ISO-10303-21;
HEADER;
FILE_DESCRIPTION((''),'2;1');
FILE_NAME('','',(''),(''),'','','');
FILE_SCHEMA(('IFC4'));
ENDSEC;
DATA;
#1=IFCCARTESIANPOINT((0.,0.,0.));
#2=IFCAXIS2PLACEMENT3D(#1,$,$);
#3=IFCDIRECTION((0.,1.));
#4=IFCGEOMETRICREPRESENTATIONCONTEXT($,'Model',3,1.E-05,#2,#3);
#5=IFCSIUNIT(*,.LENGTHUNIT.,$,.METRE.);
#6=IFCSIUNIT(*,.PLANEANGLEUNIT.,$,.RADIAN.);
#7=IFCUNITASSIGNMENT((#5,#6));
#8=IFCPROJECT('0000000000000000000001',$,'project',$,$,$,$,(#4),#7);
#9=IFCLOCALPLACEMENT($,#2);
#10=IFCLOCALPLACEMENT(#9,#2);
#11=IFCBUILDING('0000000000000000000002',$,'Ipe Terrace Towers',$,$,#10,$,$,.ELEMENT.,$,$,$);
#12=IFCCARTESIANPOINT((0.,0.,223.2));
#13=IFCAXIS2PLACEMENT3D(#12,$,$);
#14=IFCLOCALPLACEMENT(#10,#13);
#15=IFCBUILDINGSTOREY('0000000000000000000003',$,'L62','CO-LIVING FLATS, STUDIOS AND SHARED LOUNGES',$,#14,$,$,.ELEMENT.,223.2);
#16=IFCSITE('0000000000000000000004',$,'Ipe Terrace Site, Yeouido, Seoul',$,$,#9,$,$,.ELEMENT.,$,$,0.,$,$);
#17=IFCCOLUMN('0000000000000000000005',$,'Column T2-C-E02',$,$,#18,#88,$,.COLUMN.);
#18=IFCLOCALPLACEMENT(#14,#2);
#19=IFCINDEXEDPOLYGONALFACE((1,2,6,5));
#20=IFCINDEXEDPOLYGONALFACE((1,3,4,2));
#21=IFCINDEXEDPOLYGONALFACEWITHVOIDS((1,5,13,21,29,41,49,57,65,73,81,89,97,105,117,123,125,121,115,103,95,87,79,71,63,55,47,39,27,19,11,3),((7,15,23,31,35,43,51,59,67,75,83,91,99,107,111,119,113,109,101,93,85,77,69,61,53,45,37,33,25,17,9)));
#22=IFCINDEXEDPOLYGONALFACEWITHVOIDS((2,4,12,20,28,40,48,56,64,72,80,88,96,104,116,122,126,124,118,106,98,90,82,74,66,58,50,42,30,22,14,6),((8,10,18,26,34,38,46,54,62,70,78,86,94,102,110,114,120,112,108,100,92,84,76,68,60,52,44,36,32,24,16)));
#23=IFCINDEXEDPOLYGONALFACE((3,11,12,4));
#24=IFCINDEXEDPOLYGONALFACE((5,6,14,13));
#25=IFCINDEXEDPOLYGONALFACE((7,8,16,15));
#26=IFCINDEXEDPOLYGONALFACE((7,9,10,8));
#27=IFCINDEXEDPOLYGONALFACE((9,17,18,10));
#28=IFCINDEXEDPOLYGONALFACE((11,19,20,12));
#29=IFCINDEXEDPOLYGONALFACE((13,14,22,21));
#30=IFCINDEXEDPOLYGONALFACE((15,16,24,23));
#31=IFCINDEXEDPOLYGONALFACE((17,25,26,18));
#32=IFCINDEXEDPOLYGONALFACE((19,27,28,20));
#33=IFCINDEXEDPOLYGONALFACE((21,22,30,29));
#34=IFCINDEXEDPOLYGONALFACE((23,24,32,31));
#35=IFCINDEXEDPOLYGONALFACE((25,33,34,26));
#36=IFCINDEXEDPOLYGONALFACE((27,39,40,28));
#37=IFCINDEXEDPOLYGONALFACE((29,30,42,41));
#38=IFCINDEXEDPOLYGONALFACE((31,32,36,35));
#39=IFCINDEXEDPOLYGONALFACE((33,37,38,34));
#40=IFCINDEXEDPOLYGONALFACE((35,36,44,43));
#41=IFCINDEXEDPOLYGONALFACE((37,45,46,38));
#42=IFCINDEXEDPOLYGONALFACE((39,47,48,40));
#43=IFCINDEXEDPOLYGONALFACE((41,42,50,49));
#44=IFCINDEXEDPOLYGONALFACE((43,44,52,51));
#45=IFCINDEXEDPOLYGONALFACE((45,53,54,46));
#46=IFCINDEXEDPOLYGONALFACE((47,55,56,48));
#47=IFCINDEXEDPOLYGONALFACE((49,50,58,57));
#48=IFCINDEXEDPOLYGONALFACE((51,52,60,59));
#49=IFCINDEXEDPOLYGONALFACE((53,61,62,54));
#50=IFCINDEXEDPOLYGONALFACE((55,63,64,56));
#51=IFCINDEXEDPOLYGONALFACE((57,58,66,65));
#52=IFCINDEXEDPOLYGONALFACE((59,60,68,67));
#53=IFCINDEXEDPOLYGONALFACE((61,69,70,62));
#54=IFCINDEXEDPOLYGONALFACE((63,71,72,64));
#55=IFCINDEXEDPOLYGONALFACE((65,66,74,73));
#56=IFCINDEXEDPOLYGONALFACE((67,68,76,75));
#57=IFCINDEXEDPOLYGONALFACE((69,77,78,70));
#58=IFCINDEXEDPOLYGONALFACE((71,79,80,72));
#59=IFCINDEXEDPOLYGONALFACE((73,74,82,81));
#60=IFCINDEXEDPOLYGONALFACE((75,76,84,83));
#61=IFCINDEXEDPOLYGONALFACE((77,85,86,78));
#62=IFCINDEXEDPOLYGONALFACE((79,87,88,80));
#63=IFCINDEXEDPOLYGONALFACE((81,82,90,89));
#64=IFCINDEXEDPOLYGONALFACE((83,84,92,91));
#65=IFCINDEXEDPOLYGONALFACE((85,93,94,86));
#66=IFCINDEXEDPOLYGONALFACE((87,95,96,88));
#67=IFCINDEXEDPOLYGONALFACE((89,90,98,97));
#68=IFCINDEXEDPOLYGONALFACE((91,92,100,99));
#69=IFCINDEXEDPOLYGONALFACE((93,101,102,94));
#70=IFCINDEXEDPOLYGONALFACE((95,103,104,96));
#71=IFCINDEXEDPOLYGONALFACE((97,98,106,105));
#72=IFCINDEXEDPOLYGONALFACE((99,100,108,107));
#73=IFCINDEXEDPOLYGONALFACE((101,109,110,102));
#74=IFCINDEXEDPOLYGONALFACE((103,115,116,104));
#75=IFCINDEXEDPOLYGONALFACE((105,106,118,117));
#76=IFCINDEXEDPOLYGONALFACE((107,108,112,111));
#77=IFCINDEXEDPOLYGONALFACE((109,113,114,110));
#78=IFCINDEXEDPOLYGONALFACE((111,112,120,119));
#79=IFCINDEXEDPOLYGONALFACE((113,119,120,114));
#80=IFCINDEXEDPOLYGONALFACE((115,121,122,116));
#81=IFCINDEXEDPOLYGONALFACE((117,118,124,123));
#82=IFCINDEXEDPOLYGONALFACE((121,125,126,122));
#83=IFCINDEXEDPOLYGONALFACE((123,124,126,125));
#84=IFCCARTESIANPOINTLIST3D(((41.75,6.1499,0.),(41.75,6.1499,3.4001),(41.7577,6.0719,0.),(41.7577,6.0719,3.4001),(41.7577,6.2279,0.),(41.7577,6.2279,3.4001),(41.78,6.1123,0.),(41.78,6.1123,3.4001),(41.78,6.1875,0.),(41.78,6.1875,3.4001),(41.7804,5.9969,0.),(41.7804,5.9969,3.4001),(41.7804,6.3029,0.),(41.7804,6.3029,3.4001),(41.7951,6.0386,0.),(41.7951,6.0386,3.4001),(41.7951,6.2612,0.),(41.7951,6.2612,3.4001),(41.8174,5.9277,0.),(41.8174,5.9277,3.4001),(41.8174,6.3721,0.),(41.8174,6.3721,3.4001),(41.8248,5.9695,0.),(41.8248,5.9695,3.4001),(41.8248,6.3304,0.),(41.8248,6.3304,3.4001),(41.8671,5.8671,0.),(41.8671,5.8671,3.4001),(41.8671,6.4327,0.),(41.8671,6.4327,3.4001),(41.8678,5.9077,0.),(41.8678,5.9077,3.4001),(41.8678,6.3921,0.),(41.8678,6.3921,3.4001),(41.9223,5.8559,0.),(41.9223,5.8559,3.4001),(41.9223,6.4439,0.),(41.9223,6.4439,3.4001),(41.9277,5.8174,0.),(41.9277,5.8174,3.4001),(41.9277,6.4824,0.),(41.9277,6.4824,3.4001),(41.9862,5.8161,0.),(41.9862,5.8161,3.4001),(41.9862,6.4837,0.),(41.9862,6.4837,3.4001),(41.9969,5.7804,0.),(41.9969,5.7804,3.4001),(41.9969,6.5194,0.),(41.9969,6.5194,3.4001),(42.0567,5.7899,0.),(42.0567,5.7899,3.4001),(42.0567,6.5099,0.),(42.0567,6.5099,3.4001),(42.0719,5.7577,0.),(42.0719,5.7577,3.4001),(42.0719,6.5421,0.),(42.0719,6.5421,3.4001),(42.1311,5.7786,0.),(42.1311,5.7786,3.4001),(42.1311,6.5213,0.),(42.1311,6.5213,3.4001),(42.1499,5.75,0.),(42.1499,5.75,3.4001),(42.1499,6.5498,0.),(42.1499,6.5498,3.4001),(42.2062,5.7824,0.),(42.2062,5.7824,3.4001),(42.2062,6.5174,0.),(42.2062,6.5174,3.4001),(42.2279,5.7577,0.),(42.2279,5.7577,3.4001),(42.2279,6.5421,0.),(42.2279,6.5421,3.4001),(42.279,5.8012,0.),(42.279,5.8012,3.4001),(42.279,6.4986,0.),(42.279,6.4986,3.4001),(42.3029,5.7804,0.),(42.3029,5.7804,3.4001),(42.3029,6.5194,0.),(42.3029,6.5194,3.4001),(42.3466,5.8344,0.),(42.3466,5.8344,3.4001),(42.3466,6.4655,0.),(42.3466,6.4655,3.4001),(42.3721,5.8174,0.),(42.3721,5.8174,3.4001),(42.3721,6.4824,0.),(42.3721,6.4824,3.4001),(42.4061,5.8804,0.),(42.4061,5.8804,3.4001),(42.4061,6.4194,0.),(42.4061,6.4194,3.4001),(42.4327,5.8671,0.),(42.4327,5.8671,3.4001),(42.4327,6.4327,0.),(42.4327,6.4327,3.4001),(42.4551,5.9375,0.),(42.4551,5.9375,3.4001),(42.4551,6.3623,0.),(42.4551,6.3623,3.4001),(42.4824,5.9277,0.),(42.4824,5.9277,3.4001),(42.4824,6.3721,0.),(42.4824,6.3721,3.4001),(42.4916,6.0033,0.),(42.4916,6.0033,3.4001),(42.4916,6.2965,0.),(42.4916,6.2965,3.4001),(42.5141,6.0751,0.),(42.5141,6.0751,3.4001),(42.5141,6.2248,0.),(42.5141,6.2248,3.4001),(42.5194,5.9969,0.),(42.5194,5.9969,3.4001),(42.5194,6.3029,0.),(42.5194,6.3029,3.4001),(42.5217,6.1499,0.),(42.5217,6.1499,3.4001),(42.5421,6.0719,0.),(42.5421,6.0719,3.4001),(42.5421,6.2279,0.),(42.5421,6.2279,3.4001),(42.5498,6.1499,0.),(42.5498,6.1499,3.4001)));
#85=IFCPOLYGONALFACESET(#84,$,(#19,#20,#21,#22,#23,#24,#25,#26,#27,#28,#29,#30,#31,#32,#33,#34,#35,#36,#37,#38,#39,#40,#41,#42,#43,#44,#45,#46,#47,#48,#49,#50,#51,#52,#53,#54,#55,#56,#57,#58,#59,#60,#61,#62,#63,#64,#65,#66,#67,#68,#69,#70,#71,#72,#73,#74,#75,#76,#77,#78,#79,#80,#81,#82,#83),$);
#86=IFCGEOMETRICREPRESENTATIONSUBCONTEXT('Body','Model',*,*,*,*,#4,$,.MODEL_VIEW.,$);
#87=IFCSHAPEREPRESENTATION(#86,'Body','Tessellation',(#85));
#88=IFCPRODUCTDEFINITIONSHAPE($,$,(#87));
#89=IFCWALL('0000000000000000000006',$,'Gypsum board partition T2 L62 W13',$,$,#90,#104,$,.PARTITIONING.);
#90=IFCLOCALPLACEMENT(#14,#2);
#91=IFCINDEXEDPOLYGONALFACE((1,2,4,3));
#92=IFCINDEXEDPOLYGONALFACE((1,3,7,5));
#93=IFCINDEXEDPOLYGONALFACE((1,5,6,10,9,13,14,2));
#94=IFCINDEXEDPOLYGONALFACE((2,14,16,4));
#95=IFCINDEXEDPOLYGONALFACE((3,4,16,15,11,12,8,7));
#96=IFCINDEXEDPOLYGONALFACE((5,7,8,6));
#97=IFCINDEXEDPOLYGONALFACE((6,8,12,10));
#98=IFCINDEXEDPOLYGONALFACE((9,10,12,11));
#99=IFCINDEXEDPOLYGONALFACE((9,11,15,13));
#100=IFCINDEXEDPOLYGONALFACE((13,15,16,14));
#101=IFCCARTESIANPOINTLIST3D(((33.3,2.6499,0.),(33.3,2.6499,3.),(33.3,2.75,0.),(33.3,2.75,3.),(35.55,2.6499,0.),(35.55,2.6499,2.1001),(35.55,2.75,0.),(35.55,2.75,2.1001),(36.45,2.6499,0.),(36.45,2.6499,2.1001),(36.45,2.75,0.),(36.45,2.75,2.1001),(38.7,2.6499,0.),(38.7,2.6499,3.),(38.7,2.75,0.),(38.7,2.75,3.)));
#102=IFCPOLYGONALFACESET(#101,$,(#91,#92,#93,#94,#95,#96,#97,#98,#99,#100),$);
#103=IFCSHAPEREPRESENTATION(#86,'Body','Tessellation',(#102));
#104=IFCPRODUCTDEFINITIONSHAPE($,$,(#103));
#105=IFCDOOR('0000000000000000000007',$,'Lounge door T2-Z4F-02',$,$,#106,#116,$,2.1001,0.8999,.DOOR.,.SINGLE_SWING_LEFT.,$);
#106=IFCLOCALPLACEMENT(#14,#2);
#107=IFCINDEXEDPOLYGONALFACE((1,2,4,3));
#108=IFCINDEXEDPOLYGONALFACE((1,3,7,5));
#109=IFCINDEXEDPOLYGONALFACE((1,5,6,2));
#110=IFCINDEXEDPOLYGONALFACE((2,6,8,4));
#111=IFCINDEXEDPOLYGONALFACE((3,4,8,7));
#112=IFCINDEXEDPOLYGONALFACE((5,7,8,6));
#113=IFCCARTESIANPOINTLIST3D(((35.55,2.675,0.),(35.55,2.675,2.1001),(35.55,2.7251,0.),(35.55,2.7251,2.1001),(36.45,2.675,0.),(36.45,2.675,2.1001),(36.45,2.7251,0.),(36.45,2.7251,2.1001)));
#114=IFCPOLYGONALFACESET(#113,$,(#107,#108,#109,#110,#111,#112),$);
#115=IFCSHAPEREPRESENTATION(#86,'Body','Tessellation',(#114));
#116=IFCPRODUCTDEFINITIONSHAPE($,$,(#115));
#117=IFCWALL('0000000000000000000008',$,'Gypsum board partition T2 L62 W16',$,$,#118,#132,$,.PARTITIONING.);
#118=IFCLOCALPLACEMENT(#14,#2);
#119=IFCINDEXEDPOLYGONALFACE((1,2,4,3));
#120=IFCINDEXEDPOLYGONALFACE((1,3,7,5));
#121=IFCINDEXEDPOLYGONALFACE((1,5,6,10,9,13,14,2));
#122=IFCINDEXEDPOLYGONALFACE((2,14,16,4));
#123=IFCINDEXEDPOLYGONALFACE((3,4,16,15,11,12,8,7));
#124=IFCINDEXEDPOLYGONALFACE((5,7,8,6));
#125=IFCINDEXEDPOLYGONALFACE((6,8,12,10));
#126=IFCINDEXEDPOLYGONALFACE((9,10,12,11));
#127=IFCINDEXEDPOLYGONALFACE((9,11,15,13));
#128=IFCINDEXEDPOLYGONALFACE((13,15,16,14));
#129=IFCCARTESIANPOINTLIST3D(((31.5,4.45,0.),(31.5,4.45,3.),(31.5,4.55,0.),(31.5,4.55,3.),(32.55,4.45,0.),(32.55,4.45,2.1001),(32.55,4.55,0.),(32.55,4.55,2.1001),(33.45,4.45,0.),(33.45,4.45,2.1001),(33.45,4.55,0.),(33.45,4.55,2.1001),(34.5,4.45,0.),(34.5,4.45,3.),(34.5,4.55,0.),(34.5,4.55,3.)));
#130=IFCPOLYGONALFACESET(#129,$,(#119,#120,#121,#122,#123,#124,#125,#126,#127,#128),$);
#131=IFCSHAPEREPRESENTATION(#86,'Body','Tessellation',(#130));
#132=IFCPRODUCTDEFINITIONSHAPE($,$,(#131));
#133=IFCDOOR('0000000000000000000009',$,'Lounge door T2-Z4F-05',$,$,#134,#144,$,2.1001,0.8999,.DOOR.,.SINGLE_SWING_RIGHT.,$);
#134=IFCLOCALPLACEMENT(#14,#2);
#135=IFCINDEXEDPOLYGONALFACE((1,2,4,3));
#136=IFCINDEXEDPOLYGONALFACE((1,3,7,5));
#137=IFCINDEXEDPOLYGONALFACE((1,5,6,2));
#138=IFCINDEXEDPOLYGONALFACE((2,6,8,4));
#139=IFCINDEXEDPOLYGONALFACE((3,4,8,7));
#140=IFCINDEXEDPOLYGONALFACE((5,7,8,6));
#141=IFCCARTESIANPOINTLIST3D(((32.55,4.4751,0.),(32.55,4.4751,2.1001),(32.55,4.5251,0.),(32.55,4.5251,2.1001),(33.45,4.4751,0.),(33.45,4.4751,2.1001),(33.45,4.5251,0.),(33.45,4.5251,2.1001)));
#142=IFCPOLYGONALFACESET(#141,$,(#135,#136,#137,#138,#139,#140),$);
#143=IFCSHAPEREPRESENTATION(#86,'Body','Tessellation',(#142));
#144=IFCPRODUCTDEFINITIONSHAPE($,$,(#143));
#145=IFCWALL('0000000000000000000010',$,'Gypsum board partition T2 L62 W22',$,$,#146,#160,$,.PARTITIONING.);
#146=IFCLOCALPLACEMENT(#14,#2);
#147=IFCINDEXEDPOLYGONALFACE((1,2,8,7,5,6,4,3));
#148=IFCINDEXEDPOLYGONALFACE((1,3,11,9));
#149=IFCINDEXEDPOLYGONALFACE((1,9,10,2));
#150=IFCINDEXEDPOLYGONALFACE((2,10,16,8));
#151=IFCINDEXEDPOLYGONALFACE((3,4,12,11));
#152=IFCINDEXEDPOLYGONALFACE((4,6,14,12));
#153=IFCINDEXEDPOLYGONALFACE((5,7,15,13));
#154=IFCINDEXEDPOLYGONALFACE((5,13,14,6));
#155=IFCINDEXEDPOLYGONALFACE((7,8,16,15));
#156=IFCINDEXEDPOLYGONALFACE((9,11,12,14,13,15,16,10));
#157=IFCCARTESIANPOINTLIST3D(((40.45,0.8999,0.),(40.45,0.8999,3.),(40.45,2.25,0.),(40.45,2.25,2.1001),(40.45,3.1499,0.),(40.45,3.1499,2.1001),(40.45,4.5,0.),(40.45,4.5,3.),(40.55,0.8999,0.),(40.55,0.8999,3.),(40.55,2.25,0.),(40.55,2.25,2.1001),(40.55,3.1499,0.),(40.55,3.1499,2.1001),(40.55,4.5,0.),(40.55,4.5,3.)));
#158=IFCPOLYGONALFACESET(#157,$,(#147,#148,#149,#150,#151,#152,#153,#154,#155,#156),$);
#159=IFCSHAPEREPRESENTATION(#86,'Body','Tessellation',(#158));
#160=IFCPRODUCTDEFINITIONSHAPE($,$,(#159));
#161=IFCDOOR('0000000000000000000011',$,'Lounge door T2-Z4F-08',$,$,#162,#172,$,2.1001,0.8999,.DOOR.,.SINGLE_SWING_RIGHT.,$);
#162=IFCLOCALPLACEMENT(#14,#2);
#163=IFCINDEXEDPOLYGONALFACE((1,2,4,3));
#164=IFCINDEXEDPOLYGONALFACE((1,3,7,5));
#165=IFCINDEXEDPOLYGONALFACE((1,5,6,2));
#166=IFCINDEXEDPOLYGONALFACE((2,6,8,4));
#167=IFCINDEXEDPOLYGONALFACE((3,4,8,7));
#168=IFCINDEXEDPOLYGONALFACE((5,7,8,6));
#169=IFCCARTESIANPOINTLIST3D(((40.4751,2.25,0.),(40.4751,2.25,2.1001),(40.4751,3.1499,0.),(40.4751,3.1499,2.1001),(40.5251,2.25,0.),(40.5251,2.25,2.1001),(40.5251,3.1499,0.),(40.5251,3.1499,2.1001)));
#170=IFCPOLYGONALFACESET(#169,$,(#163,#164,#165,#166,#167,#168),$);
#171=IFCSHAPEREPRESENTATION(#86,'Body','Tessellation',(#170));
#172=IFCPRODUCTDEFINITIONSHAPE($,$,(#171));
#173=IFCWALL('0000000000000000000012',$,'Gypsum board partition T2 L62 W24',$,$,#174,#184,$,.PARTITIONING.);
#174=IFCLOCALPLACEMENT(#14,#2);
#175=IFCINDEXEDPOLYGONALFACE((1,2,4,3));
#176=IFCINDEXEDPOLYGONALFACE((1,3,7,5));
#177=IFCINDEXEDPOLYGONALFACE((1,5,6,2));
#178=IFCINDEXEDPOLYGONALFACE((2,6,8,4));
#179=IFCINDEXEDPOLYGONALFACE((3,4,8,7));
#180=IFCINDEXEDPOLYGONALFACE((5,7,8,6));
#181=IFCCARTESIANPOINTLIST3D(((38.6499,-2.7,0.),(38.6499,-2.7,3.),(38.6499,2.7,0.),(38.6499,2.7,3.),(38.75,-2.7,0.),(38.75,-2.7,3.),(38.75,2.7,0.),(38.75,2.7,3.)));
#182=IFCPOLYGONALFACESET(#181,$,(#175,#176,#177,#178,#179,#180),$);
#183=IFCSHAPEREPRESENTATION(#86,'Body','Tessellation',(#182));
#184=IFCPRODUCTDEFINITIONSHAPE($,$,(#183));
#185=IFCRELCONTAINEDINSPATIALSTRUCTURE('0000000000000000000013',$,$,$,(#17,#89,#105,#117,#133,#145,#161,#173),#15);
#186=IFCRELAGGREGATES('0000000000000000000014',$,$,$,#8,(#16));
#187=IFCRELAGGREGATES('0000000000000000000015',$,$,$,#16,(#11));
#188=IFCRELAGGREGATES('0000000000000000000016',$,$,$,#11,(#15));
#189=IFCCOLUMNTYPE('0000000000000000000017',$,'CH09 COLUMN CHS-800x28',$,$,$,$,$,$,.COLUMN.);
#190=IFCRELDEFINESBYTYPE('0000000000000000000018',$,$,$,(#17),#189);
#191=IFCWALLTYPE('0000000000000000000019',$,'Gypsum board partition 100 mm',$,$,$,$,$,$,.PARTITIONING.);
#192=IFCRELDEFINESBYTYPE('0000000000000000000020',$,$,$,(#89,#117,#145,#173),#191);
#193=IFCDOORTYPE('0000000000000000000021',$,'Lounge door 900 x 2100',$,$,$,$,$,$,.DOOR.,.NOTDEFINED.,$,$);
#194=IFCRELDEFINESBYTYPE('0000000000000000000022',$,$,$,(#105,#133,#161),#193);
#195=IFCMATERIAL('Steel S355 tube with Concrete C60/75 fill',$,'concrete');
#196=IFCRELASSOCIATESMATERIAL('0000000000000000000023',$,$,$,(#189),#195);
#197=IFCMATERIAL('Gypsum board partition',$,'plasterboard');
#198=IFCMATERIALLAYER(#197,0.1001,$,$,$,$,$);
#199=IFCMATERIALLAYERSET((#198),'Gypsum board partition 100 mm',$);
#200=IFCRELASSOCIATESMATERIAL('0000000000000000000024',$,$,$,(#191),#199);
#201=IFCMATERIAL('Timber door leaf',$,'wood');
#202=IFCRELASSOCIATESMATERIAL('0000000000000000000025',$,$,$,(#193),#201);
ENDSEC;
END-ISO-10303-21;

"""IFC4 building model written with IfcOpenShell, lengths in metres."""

from ifc_helpers import new_model, si_unit, direction, frame, frame_2d, origin, origin_2d, place, context, subcontext, project, spatial, rectangle, hollow_circle, extrude, material, layer, layer_set, material_profile, profile_set, type_object, element, fill, save


model = new_model("IFC4")

# Units and contexts
model_context = context("Model", 3, precision=1e-05, world=origin(), true_north=direction((0.0, 1.0)))
body_context = subcontext(model_context, "Body", "Model", "MODEL_VIEW")
ifc_project = project(units=[si_unit("LENGTHUNIT", "METRE"), si_unit("PLANEANGLEUNIT", "RADIAN")], contexts=[model_context])

# Site, building, storey
site_placement = place(None, origin())
site = spatial("IfcSite", under=ifc_project, at=site_placement, Name="Ipe Terrace Site, Yeouido, Seoul", CompositionType="ELEMENT", RefElevation=0.0)
building_placement = place(site_placement, origin())
building = spatial("IfcBuilding", under=site, at=building_placement, Name="Ipe Terrace Towers", CompositionType="ELEMENT")
storey_placement = place(building_placement, frame((0.0, 0.0, 223.2)))
storey = spatial("IfcBuildingStorey", under=building, at=storey_placement, Name="L62", Description="CO-LIVING FLATS, STUDIOS AND SHARED LOUNGES", CompositionType="ELEMENT", Elevation=223.2)

# Column
ifc_material_1 = material(Name="Steel S355 tube with Concrete C60/75 fill", Category="concrete")
ifc_material_profile = material_profile(ifc_material_1, hollow_circle(Radius=0.3999, WallThickness=0.0281, at=origin_2d()), Name="CHS-800x28")
ifc_profile_set = profile_set([ifc_material_profile], Name="Steel S355 tube with Concrete C60/75 fill")
column_type = type_object("IfcColumnType", Name="CH09 COLUMN CHS-800x28", PredefinedType="COLUMN", material=ifc_profile_set)
column_placement = place(storey_placement, frame((42.1499, 6.1499, 0.0), z_axis=(0.0, 0.0, 1.0), x_axis=(1.0, 0.0, 0.0)))
element("IfcColumn", 1, at=column_placement, inside=storey, type_object=column_type, Name="Column T2-C-E02", PredefinedType="COLUMN", context=body_context, shape_type="SweptSolid", body=[
    extrude(hollow_circle(Radius=0.3999, WallThickness=0.0281, at=origin_2d()), origin(), (0.0, 0.0, 1.0), 3.4001),
])

# Walls, openings, doors
ifc_material_2 = material(Name="Gypsum board partition", Category="plasterboard")
ifc_layer_1 = layer(ifc_material_2, 0.1001)
ifc_layer_set_1 = layer_set([ifc_layer_1], Name="Gypsum board partition 100 mm")
wall_type_1 = type_object("IfcWallType", Name="Gypsum board partition 100 mm", PredefinedType="PARTITIONING", material=ifc_layer_set_1)
wall_1_placement = place(storey_placement, frame((38.7, 2.7, 0.0), z_axis=(0.0, 0.0, 1.0), x_axis=(-1.0, 0.0, 0.0)))
wall_1 = element("IfcWall", 2, at=wall_1_placement, inside=storey, type_object=wall_type_1, Name="Gypsum board partition T2 L62 W13", PredefinedType="PARTITIONING", context=body_context, shape_type="SweptSolid", body=[
    extrude(rectangle(XDim=5.3999, YDim=0.1001, at=frame_2d((2.7, 0.0))), origin(), (0.0, 0.0, 1.0), 3.0),
])
opening_1_placement = place(wall_1_placement, frame((2.25, 0.0, 0.0)))
opening_1 = element("IfcOpeningElement", 3, at=opening_1_placement, cuts=wall_1, PredefinedType="OPENING", context=body_context, shape_type="SweptSolid", body=[
    extrude(rectangle(XDim=0.8999, YDim=2.1001, at=frame_2d((0.45, 1.05))), frame((0.0, 0.0601, 0.0), z_axis=(0.0, -1.0, 0.0), x_axis=(1.0, 0.0, 0.0)), (0.0, 0.0, 1.0), 0.1201),
])
ifc_material_3 = material(Name="Timber door leaf", Category="wood")
door_type_1 = type_object("IfcDoorType", Name="Lounge door 900 x 2100", OperationType="NOTDEFINED", PredefinedType="DOOR", material=ifc_material_3)
door_1_placement = place(opening_1_placement, origin())
door_1 = element("IfcDoor", 4, at=door_1_placement, inside=storey, type_object=door_type_1, Name="Lounge door T2-Z4F-02", OperationType="SINGLE_SWING_LEFT", OverallHeight=2.1001, OverallWidth=0.8999, PredefinedType="DOOR", context=body_context, shape_type="SweptSolid", body=[
    extrude(rectangle(XDim=0.8999, YDim=2.1001, at=frame_2d((0.45, 1.05))), frame((0.0, 0.0249, 0.0), z_axis=(0.0, -1.0, 0.0), x_axis=(1.0, 0.0, 0.0)), (0.0, 0.0, 1.0), 0.05),
])
fill(opening_1, door_1)
wall_2_placement = place(storey_placement, frame((34.5, 4.5, 0.0), z_axis=(0.0, 0.0, 1.0), x_axis=(-1.0, 0.0, 0.0)))
wall_2 = element("IfcWall", 5, at=wall_2_placement, inside=storey, type_object=wall_type_1, Name="Gypsum board partition T2 L62 W16", PredefinedType="PARTITIONING", context=body_context, shape_type="SweptSolid", body=[
    extrude(rectangle(XDim=3.0, YDim=0.1001, at=frame_2d((1.5, 0.0))), origin(), (0.0, 0.0, 1.0), 3.0),
])
opening_2_placement = place(wall_2_placement, frame((1.05, 0.0, 0.0)))
opening_2 = element("IfcOpeningElement", 6, at=opening_2_placement, cuts=wall_2, PredefinedType="OPENING", context=body_context, shape_type="SweptSolid", body=[
    extrude(rectangle(XDim=0.8999, YDim=2.1001, at=frame_2d((0.45, 1.05))), frame((0.0, 0.0601, 0.0), z_axis=(0.0, -1.0, 0.0), x_axis=(1.0, 0.0, 0.0)), (0.0, 0.0, 1.0), 0.1201),
])
door_2_placement = place(opening_2_placement, origin())
door_2 = element("IfcDoor", 7, at=door_2_placement, inside=storey, type_object=door_type_1, Name="Lounge door T2-Z4F-05", OperationType="SINGLE_SWING_RIGHT", OverallHeight=2.1001, OverallWidth=0.8999, PredefinedType="DOOR", context=body_context, shape_type="SweptSolid", body=[
    extrude(rectangle(XDim=0.8999, YDim=2.1001, at=frame_2d((0.45, 1.05))), frame((0.0, 0.0249, 0.0), z_axis=(0.0, -1.0, 0.0), x_axis=(1.0, 0.0, 0.0)), (0.0, 0.0, 1.0), 0.05),
])
fill(opening_2, door_2)
wall_3_placement = place(storey_placement, frame((40.5, 0.8999, 0.0), z_axis=(0.0, 0.0, 1.0), x_axis=(0.0, 1.0, 0.0)))
wall_3 = element("IfcWall", 8, at=wall_3_placement, inside=storey, type_object=wall_type_1, Name="Gypsum board partition T2 L62 W22", PredefinedType="PARTITIONING", context=body_context, shape_type="SweptSolid", body=[
    extrude(rectangle(XDim=3.6001, YDim=0.1001, at=frame_2d((1.8, 0.0))), origin(), (0.0, 0.0, 1.0), 3.0),
])
opening_3_placement = place(wall_3_placement, frame((1.3501, 0.0, 0.0)))
opening_3 = element("IfcOpeningElement", 9, at=opening_3_placement, cuts=wall_3, PredefinedType="OPENING", context=body_context, shape_type="SweptSolid", body=[
    extrude(rectangle(XDim=0.8999, YDim=2.1001, at=frame_2d((0.45, 1.05))), frame((0.0, 0.0601, 0.0), z_axis=(0.0, -1.0, 0.0), x_axis=(1.0, 0.0, 0.0)), (0.0, 0.0, 1.0), 0.1201),
])
door_3_placement = place(opening_3_placement, origin())
door_3 = element("IfcDoor", 10, at=door_3_placement, inside=storey, type_object=door_type_1, Name="Lounge door T2-Z4F-08", OperationType="SINGLE_SWING_RIGHT", OverallHeight=2.1001, OverallWidth=0.8999, PredefinedType="DOOR", context=body_context, shape_type="SweptSolid", body=[
    extrude(rectangle(XDim=0.8999, YDim=2.1001, at=frame_2d((0.45, 1.05))), frame((0.0, 0.0249, 0.0), z_axis=(0.0, -1.0, 0.0), x_axis=(1.0, 0.0, 0.0)), (0.0, 0.0, 1.0), 0.05),
])
fill(opening_3, door_3)

# Wall
wall_4_placement = place(storey_placement, frame((38.7, -2.7, 0.0), z_axis=(0.0, 0.0, 1.0), x_axis=(0.0, 1.0, 0.0)))
element("IfcWall", 11, at=wall_4_placement, inside=storey, type_object=wall_type_1, Name="Gypsum board partition T2 L62 W24", PredefinedType="PARTITIONING", context=body_context, shape_type="SweptSolid", body=[
    extrude(rectangle(XDim=5.3999, YDim=0.1001, at=frame_2d((2.7, 0.0))), origin(), (0.0, 0.0, 1.0), 3.0),
])

save(model, "model.ifc")
